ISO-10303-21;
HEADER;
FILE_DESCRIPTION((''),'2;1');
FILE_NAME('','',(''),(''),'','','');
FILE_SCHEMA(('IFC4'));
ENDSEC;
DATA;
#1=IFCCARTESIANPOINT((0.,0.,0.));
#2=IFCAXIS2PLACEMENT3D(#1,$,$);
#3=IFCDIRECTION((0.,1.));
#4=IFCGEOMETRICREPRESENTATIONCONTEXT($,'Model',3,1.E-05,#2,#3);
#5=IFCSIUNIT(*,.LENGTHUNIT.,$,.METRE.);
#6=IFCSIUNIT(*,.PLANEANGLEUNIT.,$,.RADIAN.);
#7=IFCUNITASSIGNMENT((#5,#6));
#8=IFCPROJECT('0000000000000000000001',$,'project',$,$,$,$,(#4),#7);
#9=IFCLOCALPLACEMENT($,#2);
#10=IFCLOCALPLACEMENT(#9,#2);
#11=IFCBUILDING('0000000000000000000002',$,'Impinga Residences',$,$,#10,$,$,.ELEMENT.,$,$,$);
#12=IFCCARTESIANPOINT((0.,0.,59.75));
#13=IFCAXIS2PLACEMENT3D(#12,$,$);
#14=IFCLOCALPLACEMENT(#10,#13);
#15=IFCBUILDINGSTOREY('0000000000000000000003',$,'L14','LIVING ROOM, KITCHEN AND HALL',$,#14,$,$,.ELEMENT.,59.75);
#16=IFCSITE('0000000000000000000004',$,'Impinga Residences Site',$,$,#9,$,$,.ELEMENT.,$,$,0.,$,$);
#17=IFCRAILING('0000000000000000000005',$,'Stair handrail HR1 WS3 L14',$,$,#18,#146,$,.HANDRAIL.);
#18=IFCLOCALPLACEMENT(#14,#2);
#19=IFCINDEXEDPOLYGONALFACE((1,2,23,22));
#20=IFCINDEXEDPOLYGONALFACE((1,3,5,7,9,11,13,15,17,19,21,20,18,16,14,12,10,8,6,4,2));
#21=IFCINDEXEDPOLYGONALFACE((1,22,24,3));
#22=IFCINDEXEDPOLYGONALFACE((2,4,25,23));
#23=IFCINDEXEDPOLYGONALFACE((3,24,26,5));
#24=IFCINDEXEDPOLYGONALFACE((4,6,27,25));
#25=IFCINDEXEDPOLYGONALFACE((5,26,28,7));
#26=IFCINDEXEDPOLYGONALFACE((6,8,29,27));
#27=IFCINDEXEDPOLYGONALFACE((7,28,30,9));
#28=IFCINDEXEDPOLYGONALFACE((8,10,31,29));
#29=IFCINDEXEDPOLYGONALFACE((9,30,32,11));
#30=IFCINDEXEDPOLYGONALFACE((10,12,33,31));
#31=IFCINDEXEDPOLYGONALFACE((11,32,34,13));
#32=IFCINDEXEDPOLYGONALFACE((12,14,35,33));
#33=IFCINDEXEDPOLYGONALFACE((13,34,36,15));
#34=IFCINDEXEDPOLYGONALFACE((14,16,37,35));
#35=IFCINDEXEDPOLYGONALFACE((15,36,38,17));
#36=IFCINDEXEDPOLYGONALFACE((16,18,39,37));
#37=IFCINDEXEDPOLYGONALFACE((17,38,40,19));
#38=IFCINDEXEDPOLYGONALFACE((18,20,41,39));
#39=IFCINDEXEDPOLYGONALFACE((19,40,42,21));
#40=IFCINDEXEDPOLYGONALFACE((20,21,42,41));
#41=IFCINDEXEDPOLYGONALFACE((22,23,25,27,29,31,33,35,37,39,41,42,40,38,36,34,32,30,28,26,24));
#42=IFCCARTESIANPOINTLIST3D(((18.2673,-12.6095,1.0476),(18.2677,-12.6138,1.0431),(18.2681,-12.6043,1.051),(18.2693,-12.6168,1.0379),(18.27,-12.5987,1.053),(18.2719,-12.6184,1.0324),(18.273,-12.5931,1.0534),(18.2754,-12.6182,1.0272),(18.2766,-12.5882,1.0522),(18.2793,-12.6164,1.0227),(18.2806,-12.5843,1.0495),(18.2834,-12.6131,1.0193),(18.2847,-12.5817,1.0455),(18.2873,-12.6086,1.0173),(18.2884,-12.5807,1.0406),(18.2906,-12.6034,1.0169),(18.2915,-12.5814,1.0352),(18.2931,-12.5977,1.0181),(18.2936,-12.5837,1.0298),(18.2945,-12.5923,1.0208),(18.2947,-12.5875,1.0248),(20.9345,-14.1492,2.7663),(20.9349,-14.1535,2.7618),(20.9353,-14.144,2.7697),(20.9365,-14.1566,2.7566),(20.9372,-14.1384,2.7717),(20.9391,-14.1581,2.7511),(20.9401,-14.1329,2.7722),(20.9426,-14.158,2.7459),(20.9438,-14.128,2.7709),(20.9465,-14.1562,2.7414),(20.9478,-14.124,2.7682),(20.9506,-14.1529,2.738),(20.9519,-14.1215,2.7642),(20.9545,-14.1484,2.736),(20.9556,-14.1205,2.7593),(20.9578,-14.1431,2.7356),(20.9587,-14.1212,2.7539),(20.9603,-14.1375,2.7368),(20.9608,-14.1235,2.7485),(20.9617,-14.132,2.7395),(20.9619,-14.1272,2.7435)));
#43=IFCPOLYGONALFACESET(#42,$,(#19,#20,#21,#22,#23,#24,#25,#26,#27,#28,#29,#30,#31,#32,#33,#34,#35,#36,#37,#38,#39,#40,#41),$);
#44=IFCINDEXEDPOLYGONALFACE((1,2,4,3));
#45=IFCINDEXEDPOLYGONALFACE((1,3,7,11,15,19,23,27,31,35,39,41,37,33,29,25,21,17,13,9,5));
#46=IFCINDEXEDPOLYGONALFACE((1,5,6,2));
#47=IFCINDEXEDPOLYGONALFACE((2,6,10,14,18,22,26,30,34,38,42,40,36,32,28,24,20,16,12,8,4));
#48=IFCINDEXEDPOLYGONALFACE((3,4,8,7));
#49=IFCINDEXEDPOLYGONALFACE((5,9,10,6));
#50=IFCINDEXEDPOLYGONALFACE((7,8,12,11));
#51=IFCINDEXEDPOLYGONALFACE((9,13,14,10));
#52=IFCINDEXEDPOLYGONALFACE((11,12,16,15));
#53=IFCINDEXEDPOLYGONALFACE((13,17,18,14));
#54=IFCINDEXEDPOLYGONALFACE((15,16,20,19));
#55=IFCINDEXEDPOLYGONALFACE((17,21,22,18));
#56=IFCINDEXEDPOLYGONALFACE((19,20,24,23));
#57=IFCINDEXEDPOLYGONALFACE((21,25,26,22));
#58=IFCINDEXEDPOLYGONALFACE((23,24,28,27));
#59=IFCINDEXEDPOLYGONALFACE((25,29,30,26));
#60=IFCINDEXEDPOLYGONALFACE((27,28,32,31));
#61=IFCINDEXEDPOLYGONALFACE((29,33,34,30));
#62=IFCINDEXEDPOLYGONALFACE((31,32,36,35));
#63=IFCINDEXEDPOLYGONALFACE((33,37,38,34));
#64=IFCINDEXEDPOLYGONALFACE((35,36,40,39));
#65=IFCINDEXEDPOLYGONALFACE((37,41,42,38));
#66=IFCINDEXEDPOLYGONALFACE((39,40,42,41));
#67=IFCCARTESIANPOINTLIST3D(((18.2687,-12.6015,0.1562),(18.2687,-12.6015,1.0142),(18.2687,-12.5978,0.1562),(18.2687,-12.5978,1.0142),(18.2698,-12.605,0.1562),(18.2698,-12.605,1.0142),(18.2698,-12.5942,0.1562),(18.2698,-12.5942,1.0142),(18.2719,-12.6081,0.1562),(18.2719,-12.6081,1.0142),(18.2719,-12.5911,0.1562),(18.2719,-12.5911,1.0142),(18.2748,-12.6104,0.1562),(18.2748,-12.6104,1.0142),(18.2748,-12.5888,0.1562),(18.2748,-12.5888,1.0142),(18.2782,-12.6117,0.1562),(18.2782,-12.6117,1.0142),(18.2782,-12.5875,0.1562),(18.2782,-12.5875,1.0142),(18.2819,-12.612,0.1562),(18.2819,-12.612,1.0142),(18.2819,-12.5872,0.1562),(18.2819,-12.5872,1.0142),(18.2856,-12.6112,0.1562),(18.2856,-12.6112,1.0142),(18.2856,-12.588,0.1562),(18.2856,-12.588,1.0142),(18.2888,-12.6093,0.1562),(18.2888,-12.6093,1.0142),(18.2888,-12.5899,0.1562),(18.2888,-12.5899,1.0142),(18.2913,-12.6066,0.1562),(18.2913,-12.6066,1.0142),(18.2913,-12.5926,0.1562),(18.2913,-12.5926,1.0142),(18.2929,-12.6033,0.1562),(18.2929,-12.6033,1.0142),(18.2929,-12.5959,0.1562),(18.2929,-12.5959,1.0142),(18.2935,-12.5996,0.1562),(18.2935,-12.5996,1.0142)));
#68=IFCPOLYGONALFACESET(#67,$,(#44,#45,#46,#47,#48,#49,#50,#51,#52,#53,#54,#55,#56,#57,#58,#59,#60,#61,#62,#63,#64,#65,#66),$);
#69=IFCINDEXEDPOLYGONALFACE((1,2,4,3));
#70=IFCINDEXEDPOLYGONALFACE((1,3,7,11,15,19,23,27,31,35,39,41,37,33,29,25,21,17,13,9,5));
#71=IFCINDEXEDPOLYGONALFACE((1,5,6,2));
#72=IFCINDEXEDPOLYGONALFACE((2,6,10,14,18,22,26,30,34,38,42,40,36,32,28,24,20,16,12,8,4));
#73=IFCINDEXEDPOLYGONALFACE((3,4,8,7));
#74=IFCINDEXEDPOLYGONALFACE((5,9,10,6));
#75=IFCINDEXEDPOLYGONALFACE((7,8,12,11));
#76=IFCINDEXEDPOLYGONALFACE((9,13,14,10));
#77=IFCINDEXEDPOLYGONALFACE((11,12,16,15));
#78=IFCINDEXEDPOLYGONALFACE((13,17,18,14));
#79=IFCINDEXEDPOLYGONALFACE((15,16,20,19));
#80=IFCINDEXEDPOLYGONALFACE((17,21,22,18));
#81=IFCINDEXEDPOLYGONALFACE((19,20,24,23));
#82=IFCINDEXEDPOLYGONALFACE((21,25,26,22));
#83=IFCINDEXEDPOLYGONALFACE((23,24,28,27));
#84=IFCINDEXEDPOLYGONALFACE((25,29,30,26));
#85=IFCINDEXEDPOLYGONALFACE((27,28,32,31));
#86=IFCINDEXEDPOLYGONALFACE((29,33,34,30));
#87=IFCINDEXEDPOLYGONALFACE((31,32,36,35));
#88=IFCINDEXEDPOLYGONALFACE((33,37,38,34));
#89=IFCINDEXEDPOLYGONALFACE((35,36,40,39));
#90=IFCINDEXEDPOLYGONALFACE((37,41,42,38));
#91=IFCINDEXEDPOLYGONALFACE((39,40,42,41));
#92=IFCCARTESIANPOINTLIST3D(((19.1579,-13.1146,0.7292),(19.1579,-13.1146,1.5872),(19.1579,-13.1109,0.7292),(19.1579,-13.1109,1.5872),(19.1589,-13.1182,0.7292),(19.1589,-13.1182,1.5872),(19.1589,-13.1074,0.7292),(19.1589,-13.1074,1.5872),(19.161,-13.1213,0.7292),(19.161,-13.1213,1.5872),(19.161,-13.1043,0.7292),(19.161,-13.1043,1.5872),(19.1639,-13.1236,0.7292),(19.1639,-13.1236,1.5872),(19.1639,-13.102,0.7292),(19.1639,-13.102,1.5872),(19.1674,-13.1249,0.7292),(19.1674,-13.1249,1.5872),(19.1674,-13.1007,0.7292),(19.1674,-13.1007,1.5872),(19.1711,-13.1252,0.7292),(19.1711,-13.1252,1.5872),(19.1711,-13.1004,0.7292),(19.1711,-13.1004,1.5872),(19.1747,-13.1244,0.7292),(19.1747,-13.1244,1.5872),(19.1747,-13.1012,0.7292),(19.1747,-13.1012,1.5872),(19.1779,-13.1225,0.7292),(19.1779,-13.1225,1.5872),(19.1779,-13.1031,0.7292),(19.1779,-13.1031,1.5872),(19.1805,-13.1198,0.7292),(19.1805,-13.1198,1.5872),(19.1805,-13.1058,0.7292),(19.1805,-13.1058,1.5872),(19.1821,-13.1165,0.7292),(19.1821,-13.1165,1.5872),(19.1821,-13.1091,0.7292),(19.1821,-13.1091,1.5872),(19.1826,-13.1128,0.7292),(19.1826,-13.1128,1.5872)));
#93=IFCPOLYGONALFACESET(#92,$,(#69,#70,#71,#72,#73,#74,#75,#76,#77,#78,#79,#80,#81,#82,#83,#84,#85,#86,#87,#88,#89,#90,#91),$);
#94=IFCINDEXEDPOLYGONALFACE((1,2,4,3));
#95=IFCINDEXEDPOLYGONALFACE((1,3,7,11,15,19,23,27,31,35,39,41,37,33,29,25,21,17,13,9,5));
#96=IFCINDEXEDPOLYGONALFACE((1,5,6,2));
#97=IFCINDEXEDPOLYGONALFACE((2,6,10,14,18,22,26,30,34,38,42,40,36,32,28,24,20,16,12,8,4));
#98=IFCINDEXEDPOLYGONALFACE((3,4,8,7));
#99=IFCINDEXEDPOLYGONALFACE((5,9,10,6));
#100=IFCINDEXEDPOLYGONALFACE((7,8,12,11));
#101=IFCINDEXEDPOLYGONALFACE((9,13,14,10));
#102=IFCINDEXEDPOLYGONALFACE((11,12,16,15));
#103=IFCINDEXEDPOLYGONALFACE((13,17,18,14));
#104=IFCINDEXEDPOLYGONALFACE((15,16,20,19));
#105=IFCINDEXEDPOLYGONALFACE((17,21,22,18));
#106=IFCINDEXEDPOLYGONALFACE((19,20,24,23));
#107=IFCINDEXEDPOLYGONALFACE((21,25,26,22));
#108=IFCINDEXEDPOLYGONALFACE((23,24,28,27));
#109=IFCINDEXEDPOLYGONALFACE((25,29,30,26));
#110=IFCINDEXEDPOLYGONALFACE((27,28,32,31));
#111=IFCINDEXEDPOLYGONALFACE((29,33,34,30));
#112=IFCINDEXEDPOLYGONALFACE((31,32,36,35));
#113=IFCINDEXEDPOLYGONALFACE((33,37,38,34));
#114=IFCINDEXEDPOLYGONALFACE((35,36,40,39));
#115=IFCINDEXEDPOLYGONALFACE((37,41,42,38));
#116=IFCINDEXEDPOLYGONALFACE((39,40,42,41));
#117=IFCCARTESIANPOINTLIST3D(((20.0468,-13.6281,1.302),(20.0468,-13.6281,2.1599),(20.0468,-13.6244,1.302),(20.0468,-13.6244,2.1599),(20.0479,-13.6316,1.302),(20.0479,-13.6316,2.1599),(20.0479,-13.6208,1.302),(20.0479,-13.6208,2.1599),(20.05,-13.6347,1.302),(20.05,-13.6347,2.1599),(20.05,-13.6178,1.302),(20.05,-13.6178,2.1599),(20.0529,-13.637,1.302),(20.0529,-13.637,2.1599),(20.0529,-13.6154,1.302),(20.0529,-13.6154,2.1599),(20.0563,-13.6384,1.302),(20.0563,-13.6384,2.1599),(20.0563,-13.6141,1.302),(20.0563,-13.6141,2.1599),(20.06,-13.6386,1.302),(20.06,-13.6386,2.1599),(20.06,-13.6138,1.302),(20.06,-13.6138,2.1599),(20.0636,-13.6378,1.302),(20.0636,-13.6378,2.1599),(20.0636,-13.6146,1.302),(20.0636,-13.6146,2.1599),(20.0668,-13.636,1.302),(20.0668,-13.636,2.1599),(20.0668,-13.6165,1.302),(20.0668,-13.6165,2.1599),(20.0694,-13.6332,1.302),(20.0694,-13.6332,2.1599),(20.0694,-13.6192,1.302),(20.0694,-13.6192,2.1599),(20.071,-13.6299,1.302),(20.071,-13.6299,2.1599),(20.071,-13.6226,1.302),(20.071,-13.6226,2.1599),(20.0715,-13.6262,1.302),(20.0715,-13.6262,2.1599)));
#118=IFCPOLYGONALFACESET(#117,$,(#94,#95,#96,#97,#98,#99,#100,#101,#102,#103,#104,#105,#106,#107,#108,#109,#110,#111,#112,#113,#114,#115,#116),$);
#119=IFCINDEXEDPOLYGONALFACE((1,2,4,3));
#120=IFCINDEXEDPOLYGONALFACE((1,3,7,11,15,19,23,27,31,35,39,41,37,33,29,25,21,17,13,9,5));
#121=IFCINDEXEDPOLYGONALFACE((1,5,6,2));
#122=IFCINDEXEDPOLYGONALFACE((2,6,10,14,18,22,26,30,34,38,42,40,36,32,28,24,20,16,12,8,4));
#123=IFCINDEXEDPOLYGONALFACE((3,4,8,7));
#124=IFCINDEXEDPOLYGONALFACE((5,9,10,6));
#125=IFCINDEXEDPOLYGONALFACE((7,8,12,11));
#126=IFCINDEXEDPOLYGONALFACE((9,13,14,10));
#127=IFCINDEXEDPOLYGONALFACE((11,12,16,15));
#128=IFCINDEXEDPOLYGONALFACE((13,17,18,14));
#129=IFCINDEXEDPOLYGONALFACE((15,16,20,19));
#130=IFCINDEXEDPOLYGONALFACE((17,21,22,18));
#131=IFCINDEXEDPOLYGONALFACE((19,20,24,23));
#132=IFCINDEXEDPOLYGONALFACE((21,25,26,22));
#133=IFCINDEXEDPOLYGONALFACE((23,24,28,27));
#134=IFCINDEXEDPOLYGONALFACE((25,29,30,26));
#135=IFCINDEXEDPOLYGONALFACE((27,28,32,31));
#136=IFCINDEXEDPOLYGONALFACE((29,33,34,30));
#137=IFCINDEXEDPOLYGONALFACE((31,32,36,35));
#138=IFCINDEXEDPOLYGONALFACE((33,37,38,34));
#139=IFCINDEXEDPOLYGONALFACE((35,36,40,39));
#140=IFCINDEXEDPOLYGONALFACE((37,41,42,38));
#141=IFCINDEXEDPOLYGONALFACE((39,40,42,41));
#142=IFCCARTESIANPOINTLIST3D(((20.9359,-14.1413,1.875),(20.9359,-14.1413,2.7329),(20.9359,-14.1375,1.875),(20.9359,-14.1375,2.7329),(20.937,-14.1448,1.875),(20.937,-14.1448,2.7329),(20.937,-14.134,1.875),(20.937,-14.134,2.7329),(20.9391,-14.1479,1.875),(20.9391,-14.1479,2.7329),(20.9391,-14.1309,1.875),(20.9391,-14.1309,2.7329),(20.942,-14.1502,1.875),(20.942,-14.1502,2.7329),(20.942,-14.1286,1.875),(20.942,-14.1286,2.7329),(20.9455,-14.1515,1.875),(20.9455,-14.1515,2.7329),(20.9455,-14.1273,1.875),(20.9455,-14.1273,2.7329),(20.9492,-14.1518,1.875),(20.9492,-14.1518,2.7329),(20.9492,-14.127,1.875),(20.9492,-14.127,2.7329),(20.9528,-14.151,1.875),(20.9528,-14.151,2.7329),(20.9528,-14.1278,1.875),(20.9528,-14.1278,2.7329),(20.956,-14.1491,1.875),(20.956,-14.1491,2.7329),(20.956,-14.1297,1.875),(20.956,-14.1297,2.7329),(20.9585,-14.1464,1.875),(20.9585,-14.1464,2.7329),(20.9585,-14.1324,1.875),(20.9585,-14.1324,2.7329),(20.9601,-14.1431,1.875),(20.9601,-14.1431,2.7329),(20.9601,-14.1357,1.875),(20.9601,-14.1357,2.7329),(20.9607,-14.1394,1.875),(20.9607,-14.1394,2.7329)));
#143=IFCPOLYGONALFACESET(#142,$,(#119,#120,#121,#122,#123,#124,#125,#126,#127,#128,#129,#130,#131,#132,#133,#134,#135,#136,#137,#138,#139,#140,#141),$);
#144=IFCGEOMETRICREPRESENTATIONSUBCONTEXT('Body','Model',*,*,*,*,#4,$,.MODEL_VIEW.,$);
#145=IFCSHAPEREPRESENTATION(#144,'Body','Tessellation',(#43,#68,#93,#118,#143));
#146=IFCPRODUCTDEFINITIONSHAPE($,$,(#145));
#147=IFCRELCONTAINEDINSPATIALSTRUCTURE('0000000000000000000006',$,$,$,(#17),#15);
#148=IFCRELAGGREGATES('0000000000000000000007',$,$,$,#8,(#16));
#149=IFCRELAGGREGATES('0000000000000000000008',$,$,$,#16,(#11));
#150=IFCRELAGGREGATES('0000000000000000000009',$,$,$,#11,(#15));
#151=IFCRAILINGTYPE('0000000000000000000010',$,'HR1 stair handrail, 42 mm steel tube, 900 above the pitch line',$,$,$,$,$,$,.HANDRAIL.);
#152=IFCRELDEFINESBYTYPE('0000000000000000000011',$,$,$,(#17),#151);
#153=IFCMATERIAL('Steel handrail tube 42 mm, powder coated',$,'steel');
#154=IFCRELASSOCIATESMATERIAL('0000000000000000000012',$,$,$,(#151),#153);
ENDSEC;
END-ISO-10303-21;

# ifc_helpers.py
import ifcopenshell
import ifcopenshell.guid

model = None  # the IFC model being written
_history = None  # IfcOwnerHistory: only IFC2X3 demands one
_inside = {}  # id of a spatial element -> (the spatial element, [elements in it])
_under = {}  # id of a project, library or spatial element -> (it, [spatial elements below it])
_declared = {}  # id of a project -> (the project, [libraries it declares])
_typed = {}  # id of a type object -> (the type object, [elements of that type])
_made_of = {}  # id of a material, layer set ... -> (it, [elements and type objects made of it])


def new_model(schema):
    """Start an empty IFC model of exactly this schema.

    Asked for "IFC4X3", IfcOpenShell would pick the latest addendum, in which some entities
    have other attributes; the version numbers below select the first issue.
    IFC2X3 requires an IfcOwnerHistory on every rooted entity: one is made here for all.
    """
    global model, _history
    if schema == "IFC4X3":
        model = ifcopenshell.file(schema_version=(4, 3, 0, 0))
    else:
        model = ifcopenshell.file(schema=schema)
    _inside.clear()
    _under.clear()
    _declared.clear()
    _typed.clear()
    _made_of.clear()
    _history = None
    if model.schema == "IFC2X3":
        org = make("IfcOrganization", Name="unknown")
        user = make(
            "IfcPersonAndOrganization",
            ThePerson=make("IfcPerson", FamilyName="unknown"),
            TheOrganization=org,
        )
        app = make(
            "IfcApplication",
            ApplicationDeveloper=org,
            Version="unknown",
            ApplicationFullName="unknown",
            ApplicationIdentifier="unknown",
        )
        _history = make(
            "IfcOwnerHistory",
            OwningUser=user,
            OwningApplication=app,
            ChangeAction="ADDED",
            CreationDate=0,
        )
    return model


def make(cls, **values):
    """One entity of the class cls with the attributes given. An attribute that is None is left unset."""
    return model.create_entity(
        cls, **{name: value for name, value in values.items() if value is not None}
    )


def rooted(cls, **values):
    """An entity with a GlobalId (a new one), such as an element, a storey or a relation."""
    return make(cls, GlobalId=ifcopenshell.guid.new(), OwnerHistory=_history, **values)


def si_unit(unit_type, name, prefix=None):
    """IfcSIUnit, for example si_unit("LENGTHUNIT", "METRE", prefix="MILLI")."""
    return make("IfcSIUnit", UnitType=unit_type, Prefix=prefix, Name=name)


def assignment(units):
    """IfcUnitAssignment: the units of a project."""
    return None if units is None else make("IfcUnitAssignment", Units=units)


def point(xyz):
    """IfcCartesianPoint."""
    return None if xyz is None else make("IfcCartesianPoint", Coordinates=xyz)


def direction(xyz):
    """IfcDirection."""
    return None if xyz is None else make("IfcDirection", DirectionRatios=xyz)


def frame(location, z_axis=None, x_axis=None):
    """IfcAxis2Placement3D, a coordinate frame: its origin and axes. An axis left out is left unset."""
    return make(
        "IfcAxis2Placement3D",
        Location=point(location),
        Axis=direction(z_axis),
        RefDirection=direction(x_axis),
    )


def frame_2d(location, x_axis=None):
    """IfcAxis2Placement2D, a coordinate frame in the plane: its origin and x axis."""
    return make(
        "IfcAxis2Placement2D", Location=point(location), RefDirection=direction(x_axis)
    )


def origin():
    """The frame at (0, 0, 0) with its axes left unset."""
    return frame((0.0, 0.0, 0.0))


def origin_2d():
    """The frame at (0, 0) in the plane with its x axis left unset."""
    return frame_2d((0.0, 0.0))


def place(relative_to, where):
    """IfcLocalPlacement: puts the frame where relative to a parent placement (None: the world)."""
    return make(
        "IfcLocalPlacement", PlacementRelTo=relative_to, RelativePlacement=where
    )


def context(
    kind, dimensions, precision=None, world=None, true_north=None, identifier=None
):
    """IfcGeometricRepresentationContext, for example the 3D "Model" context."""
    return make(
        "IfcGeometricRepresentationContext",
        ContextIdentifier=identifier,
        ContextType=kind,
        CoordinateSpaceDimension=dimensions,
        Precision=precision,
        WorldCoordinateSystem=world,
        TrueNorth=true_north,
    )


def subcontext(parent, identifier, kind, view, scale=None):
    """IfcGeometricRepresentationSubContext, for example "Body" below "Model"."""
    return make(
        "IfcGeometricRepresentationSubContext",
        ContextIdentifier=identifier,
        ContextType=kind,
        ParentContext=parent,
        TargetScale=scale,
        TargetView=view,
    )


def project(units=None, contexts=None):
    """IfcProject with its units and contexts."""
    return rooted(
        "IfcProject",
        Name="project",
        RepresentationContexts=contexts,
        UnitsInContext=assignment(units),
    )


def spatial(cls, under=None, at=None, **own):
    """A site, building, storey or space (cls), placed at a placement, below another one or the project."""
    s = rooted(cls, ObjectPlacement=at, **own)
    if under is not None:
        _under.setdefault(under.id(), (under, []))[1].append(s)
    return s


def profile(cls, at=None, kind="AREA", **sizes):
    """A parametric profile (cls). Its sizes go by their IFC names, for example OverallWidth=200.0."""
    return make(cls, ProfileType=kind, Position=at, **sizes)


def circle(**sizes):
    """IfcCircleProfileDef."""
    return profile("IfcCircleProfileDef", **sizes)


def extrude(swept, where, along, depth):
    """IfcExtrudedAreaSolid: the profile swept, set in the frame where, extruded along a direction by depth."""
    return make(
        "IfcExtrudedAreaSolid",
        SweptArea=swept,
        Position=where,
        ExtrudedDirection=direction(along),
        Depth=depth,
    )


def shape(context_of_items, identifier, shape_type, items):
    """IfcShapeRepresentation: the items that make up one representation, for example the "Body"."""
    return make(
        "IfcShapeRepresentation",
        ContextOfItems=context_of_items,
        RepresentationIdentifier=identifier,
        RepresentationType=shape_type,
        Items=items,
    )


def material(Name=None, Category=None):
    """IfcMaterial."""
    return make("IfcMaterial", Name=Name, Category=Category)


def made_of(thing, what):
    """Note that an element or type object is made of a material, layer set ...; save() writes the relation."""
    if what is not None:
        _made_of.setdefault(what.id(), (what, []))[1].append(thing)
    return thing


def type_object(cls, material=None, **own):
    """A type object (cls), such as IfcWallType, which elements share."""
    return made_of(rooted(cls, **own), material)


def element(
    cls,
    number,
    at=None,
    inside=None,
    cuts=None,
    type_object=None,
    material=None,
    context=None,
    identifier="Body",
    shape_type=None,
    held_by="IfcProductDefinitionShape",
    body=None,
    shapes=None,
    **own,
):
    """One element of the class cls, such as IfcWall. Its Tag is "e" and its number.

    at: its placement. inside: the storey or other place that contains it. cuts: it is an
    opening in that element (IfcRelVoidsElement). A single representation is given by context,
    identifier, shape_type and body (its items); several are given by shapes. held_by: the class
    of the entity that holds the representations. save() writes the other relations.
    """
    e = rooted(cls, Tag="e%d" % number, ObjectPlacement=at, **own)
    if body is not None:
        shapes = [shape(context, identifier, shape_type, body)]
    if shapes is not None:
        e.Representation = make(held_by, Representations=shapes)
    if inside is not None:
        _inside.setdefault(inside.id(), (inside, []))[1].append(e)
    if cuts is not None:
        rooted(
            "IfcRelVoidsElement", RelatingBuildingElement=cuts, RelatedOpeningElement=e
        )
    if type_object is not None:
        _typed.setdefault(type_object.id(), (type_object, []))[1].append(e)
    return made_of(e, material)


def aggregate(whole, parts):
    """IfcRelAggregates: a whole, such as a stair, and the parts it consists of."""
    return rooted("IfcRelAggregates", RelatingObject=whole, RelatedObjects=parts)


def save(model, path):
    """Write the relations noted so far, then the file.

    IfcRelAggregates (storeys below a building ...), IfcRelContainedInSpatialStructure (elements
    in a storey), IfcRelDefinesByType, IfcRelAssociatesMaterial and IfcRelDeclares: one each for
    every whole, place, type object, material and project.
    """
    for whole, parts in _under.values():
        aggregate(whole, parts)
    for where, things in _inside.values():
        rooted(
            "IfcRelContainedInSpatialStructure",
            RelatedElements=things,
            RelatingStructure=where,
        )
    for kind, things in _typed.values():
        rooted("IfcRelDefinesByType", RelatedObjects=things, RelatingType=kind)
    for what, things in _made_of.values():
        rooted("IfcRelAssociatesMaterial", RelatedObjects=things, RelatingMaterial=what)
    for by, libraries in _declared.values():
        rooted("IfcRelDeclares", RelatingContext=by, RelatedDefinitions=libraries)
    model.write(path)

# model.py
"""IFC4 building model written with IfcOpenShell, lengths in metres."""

from ifc_helpers import new_model, si_unit, direction, frame, origin, origin_2d, place, context, subcontext, project, spatial, circle, extrude, material, type_object, element, save


model = new_model("IFC4")

# Units and contexts
model_context = context("Model", 3, precision=1e-05, world=origin(), true_north=direction((0.0, 1.0)))
body_context = subcontext(model_context, "Body", "Model", "MODEL_VIEW")
ifc_project = project(units=[si_unit("LENGTHUNIT", "METRE"), si_unit("PLANEANGLEUNIT", "RADIAN")], contexts=[model_context])

# Site, building, storey
site_placement = place(None, origin())
site = spatial("IfcSite", under=ifc_project, at=site_placement, Name="Impinga Residences Site", CompositionType="ELEMENT", RefElevation=0.0)
building_placement = place(site_placement, origin())
building = spatial("IfcBuilding", under=site, at=building_placement, Name="Impinga Residences", CompositionType="ELEMENT")
storey_placement = place(building_placement, frame((0.0, 0.0, 59.75)))
storey = spatial("IfcBuildingStorey", under=building, at=storey_placement, Name="L14", Description="LIVING ROOM, KITCHEN AND HALL", CompositionType="ELEMENT", Elevation=59.75)

# Railing
ifc_material_1 = material(Name="Steel handrail tube 42 mm, powder coated", Category="steel")
railing_type_1 = type_object("IfcRailingType", Name="HR1 stair handrail, 42 mm steel tube, 900 above the pitch line", PredefinedType="HANDRAIL", material=ifc_material_1)
railing_1_placement = place(storey_placement, frame((18.281, -12.5996, 0.1562)))
element("IfcRailing", 1, at=railing_1_placement, inside=storey, type_object=railing_type_1, Name="Stair handrail HR1 WS3 L14", PredefinedType="HANDRAIL", context=body_context, shape_type="SweptSolid", body=[
    extrude(circle(Radius=0.021, at=origin_2d()), frame((0.0, 0.0, 0.8789), z_axis=(0.756249, -0.436582, 0.487322), x_axis=(0.499967, 0.866044, 0.0)), (0.0, 0.0, 1.0), 3.5269),
    extrude(circle(Radius=0.0125, at=origin_2d()), origin(), (0.0, 0.0, 1.0), 0.8579),
    extrude(circle(Radius=0.0125, at=origin_2d()), frame((0.8892, -0.5132, 0.573)), (0.0, 0.0, 1.0), 0.8579),
    extrude(circle(Radius=0.0125, at=origin_2d()), frame((1.7781, -1.0266, 1.1458)), (0.0, 0.0, 1.0), 0.8579),
    extrude(circle(Radius=0.0125, at=origin_2d()), frame((2.6672, -1.5398, 1.7188)), (0.0, 0.0, 1.0), 0.8579),
])

save(model, "model.ifc")
